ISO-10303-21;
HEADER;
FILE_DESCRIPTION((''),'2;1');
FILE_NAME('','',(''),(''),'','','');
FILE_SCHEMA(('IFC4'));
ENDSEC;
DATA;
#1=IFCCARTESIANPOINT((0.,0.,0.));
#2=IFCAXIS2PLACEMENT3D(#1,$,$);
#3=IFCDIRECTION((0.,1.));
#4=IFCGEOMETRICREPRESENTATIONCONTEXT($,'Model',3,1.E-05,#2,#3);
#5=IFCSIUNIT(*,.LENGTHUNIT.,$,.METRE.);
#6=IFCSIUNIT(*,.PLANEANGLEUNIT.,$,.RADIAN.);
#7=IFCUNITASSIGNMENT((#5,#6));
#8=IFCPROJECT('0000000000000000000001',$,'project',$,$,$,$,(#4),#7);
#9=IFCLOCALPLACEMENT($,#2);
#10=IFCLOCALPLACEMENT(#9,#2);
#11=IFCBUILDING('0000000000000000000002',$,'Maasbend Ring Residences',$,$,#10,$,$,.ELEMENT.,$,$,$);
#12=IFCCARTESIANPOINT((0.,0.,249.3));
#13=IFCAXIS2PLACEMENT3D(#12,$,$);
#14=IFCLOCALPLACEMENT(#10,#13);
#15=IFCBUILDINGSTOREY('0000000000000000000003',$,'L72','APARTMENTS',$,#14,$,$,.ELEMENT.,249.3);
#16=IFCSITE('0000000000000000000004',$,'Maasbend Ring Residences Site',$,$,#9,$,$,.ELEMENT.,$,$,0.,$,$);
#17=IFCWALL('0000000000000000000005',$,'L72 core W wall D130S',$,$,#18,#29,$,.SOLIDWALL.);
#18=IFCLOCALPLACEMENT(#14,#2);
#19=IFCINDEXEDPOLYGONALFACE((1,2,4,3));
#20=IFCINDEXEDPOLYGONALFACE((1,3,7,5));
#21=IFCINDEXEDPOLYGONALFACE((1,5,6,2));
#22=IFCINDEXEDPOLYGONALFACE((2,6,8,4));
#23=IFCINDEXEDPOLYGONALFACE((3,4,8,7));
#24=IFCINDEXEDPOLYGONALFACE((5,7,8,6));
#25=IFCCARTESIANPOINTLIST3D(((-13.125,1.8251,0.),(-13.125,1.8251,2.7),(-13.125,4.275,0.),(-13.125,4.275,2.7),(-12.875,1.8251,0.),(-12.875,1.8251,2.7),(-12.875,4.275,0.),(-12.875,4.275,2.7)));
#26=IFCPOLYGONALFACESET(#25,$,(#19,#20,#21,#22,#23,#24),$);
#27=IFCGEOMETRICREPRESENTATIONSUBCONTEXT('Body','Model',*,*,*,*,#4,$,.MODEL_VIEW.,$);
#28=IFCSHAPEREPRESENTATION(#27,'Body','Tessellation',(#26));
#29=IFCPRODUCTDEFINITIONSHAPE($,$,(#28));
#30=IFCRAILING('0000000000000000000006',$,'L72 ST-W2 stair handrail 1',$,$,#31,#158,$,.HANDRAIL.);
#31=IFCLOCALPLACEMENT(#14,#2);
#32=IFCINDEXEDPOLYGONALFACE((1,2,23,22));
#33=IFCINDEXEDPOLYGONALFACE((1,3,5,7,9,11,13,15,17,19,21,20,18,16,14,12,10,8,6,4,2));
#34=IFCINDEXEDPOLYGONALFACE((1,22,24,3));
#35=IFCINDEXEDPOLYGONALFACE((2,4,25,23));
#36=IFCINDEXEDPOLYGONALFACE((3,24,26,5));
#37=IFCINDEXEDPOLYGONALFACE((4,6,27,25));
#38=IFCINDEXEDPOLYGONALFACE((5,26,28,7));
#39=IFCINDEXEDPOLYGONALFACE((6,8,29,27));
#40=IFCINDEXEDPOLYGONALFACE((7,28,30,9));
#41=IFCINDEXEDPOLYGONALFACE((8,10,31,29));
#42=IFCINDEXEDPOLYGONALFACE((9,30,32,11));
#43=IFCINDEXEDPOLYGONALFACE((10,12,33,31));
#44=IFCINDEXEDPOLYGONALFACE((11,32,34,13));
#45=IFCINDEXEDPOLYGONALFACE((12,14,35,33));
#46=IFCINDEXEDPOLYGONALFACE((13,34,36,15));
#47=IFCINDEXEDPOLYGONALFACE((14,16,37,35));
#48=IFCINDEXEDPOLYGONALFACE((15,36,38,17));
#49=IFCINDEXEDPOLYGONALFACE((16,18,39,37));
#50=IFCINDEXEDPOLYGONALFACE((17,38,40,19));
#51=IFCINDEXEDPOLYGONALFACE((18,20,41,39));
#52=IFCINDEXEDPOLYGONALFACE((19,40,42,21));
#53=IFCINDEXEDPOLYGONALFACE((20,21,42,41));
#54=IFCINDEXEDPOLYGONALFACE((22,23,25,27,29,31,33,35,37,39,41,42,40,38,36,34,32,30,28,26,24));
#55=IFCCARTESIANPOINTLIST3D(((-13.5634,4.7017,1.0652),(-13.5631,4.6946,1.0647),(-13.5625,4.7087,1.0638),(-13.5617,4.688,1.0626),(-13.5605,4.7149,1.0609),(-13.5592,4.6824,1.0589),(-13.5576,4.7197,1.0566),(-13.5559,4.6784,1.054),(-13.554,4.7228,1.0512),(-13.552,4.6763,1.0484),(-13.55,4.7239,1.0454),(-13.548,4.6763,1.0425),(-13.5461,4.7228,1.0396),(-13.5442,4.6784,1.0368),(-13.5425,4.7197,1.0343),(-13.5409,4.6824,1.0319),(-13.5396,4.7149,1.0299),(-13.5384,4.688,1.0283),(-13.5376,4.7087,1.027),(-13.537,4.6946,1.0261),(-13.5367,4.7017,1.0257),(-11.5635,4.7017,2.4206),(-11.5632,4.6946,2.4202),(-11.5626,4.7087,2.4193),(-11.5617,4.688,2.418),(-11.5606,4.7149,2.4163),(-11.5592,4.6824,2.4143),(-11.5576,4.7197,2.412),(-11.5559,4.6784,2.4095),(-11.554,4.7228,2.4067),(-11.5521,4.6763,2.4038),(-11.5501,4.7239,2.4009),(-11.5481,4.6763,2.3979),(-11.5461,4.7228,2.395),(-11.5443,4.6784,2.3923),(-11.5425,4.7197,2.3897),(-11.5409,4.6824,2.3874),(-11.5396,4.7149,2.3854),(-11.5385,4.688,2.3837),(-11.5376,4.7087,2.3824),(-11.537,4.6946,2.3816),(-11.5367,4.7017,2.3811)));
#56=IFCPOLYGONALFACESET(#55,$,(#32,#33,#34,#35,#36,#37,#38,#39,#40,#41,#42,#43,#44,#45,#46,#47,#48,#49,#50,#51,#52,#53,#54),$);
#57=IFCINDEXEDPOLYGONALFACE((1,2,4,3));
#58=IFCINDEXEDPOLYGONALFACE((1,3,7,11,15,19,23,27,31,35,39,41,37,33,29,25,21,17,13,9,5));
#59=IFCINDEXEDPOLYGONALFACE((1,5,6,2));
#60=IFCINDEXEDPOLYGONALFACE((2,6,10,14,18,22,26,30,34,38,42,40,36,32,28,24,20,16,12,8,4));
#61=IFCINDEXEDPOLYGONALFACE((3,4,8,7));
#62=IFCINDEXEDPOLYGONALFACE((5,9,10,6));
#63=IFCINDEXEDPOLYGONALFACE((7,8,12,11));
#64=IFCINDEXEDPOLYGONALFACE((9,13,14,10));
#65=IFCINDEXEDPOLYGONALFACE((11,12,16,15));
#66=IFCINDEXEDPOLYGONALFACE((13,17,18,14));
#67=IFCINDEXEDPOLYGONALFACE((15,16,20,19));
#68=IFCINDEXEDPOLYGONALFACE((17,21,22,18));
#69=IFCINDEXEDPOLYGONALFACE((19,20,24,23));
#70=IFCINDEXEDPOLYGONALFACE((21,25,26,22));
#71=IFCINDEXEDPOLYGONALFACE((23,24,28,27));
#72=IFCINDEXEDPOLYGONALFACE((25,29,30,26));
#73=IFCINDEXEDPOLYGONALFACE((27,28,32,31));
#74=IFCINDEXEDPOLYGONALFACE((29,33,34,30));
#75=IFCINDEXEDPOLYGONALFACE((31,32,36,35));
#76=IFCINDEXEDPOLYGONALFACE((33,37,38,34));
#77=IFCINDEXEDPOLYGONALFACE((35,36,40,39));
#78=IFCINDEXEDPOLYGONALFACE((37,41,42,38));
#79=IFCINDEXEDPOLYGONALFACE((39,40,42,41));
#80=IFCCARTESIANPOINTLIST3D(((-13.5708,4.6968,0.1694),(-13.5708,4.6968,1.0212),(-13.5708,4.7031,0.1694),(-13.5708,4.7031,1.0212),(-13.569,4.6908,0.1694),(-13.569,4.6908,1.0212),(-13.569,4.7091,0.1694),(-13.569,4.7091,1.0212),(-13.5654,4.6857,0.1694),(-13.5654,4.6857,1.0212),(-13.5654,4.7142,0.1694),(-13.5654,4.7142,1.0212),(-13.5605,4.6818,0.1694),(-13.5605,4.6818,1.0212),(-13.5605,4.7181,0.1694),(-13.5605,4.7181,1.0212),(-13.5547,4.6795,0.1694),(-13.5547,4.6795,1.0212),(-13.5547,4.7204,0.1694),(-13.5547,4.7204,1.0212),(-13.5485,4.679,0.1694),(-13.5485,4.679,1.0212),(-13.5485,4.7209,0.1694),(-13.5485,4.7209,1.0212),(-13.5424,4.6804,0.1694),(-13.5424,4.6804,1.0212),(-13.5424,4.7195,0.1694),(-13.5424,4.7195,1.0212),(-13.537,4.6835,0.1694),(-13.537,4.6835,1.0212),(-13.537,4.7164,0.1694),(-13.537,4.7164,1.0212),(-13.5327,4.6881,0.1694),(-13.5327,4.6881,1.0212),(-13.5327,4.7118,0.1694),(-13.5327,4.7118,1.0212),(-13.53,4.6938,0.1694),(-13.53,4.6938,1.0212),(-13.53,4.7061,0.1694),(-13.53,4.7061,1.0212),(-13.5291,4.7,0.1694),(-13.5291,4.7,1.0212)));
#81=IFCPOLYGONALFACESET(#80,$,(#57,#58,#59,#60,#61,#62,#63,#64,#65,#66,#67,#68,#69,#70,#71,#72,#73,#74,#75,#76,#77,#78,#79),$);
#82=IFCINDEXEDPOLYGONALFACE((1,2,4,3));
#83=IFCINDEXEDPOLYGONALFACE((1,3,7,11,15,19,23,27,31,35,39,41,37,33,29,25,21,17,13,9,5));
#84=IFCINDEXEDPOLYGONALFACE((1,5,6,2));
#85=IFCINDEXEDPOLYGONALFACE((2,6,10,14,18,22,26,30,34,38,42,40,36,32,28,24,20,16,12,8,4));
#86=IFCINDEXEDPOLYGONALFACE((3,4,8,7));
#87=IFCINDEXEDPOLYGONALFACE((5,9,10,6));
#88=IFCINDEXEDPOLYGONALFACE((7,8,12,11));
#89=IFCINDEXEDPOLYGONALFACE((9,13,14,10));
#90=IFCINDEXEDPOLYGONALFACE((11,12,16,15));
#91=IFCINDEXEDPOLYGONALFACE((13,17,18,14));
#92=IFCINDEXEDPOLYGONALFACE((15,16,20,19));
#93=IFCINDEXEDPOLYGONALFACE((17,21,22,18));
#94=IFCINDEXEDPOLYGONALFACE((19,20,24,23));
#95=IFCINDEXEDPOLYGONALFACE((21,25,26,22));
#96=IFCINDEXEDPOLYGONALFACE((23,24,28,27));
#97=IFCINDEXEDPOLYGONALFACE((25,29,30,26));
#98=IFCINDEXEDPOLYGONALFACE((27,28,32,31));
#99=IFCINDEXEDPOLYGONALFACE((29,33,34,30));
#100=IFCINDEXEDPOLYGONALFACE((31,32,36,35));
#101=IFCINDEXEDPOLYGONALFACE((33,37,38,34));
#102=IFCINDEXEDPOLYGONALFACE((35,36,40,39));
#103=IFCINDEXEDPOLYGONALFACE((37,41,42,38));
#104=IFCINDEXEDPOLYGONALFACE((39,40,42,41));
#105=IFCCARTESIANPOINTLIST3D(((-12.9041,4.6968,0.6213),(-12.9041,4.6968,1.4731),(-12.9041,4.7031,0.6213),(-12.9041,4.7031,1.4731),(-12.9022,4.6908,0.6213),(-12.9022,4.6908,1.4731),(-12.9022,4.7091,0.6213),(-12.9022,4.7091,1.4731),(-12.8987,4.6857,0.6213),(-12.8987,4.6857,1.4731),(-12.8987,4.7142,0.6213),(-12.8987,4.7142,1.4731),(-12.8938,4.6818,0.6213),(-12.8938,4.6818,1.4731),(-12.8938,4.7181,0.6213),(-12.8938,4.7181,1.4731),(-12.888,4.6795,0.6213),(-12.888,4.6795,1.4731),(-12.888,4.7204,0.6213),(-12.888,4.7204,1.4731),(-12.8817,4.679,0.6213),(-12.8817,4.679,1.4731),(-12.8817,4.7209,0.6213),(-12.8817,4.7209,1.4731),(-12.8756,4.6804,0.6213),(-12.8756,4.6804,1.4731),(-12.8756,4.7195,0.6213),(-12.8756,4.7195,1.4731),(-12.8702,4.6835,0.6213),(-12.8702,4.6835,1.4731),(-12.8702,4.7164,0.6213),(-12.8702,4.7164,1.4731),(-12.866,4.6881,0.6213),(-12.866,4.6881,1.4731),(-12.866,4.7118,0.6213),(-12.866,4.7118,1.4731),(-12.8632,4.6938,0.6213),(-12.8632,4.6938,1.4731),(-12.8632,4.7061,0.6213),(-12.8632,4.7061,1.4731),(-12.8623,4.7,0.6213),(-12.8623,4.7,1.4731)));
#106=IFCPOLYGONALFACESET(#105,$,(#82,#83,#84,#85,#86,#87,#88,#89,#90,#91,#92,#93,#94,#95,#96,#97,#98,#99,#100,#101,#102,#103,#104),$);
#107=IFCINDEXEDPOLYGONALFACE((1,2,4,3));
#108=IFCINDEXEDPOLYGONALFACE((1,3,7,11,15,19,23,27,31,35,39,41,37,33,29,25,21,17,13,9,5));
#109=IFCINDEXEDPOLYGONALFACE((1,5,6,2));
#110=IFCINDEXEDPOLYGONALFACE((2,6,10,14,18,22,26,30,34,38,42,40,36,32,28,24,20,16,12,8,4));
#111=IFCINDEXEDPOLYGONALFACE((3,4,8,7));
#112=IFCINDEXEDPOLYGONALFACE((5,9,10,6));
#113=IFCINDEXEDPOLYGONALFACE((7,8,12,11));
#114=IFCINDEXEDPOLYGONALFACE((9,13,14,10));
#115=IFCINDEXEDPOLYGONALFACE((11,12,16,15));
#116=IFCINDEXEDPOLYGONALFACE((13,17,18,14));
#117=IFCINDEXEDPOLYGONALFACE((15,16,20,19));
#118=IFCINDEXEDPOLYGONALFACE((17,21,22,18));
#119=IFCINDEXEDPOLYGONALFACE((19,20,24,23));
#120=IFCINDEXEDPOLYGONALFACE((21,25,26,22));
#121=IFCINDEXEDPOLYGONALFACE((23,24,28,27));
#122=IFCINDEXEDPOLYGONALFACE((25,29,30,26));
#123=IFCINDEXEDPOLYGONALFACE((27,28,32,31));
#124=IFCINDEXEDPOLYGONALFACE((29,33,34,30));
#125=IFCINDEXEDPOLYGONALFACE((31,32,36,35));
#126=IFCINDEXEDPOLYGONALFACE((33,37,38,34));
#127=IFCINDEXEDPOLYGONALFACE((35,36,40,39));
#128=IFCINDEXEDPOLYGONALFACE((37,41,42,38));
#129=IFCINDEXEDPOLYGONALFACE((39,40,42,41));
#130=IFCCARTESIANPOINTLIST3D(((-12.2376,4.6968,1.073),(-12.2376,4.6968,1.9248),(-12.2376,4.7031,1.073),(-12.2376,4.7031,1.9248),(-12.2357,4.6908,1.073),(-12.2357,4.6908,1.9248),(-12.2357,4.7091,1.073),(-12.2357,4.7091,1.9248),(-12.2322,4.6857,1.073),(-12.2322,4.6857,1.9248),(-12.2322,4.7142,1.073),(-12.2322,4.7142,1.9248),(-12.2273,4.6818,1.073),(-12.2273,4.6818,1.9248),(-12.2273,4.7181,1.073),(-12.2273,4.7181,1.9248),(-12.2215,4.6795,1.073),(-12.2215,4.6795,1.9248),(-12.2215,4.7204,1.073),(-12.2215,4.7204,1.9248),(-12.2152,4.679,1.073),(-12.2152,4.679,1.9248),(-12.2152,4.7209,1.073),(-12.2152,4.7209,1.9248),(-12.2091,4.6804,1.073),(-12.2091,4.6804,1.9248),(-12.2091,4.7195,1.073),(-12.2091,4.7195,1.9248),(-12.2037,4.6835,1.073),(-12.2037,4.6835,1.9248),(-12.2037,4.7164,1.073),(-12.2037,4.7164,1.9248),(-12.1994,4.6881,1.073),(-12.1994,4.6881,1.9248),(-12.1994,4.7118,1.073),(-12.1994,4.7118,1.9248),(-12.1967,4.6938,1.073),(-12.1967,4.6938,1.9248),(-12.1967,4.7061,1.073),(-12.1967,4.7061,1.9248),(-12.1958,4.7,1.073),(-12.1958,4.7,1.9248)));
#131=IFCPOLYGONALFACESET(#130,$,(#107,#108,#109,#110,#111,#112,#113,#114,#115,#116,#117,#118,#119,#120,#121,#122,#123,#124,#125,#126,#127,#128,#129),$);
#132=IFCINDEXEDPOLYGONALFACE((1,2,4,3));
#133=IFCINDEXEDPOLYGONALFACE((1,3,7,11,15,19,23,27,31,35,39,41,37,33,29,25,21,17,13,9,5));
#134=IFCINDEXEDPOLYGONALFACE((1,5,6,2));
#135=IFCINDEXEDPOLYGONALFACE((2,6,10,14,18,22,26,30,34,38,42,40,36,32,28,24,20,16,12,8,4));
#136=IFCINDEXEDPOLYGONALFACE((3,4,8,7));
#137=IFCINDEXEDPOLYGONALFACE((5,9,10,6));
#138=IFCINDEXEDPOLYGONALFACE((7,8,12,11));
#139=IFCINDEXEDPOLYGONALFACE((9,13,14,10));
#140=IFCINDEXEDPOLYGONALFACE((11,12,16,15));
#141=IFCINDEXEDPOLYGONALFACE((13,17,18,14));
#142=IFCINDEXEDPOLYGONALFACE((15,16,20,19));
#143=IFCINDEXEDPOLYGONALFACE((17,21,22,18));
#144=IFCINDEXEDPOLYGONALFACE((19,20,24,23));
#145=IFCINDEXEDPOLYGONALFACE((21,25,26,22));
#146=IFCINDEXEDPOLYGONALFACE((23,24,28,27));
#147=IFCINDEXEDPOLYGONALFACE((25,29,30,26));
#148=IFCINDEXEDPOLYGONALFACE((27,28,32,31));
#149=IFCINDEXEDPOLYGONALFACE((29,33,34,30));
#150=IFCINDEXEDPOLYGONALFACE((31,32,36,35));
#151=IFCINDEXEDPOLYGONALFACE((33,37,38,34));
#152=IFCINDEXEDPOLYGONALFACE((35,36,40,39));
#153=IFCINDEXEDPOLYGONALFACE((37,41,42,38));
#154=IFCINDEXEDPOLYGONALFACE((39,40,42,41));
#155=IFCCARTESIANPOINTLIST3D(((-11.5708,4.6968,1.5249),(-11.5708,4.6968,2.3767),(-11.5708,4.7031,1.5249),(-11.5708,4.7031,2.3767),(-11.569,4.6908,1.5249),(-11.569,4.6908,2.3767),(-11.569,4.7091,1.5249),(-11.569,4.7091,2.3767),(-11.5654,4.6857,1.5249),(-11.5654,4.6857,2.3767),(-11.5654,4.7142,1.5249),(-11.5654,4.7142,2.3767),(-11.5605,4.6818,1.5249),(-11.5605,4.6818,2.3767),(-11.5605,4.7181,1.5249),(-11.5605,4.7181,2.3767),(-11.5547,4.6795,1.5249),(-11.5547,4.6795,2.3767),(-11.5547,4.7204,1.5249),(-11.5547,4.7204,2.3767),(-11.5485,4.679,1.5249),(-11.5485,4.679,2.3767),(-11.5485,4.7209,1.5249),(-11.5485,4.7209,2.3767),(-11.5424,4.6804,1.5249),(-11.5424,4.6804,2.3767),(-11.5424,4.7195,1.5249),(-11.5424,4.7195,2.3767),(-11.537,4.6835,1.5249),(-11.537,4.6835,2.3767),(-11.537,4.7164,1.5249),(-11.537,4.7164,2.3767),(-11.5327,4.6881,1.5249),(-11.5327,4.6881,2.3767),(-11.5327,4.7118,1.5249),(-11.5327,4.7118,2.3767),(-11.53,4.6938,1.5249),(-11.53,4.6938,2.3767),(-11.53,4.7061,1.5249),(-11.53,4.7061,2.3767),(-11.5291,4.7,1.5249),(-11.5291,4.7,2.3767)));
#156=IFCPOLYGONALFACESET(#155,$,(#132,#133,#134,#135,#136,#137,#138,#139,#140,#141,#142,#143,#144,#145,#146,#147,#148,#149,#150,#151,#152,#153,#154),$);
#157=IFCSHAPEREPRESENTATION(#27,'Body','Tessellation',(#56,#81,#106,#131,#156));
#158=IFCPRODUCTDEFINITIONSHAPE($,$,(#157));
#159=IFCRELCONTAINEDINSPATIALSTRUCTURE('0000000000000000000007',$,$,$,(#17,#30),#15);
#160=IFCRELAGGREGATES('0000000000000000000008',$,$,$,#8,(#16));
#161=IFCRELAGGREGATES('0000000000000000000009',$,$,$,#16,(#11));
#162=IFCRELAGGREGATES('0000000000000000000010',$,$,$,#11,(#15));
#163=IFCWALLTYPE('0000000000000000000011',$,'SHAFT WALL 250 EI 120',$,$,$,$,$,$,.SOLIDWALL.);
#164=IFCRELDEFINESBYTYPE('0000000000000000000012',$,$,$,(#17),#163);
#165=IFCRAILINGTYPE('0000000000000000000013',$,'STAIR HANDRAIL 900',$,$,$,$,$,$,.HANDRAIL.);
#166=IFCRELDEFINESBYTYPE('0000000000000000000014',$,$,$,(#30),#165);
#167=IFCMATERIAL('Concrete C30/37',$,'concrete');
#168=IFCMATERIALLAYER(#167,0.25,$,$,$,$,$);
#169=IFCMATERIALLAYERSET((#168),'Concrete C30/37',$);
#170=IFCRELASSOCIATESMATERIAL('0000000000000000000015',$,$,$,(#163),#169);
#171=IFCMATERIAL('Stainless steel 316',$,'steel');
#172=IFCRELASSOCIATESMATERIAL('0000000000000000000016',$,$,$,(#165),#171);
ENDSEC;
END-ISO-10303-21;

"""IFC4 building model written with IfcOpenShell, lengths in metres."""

from ifc_helpers import new_model, si_unit, direction, frame, frame_2d, origin, origin_2d, place, context, subcontext, project, spatial, rectangle, circle, extrude, material, layer, layer_set, type_object, element, save


model = new_model("IFC4")

# Units and contexts
model_context = context("Model", 3, precision=1e-05, world=origin(), true_north=direction((0.0, 1.0)))
body_context = subcontext(model_context, "Body", "Model", "MODEL_VIEW")
ifc_project = project(units=[si_unit("LENGTHUNIT", "METRE"), si_unit("PLANEANGLEUNIT", "RADIAN")], contexts=[model_context])

# Site, building, storey
site_placement = place(None, origin())
site = spatial("IfcSite", under=ifc_project, at=site_placement, Name="Maasbend Ring Residences Site", CompositionType="ELEMENT", RefElevation=0.0)
building_placement = place(site_placement, origin())
building = spatial("IfcBuilding", under=site, at=building_placement, Name="Maasbend Ring Residences", CompositionType="ELEMENT")
storey_placement = place(building_placement, frame((0.0, 0.0, 249.3)))
storey = spatial("IfcBuildingStorey", under=building, at=storey_placement, Name="L72", Description="APARTMENTS", CompositionType="ELEMENT", Elevation=249.3)

# Wall
ifc_material_1 = material(Name="Concrete C30/37", Category="concrete")
ifc_layer_1 = layer(ifc_material_1, 0.25)
ifc_layer_set_1 = layer_set([ifc_layer_1], Name="Concrete C30/37")
wall_type_1 = type_object("IfcWallType", Name="SHAFT WALL 250 EI 120", PredefinedType="SOLIDWALL", material=ifc_layer_set_1)
for number, where, z_axis, x_axis, name in (
    (1, (-13.0, 1.825, 0.0), (0.0, 0.0, 1.0), (0.0, 1.0, 0.0), "L72 core W wall D130S"),
):
    element("IfcWall", number, at=place(storey_placement, frame(where, z_axis=z_axis, x_axis=x_axis)), inside=storey, type_object=wall_type_1, Name=name, PredefinedType="SOLIDWALL", context=body_context, shape_type="SweptSolid", body=[
        extrude(rectangle(XDim=2.45, YDim=0.25, at=frame_2d((1.2251, 0.0))), origin(), (0.0, 0.0, 1.0), 2.7),
    ])

# Railing
ifc_material_2 = material(Name="Stainless steel 316", Category="steel")
railing_type_1 = type_object("IfcRailingType", Name="STAIR HANDRAIL 900", PredefinedType="HANDRAIL", material=ifc_material_2)
railing_1_placement = place(storey_placement, frame((-13.55, 4.7, 0.1694)))
element("IfcRailing", 2, at=railing_1_placement, inside=storey, type_object=railing_type_1, Name="L72 ST-W2 stair handrail 1", PredefinedType="HANDRAIL", context=body_context, shape_type="SweptSolid", body=[
    extrude(circle(Radius=0.0239, at=origin_2d()), frame((0.0, 0.0, 0.876), z_axis=(0.827798, 0.0, 0.561027), x_axis=(0.0, 1.0, 0.0)), (0.0, 0.0, 1.0), 2.416),
    extrude(circle(Radius=0.021, at=origin_2d()), origin(), (0.0, 0.0, 1.0), 0.8518),
    extrude(circle(Radius=0.021, at=origin_2d()), frame((0.6667, 0.0, 0.4519)), (0.0, 0.0, 1.0), 0.8518),
    extrude(circle(Radius=0.021, at=origin_2d()), frame((1.3333, 0.0, 0.9036)), (0.0, 0.0, 1.0), 0.8518),
    extrude(circle(Radius=0.021, at=origin_2d()), frame((2.0, 0.0, 1.3555)), (0.0, 0.0, 1.0), 0.8518),
])

save(model, "model.ifc")
